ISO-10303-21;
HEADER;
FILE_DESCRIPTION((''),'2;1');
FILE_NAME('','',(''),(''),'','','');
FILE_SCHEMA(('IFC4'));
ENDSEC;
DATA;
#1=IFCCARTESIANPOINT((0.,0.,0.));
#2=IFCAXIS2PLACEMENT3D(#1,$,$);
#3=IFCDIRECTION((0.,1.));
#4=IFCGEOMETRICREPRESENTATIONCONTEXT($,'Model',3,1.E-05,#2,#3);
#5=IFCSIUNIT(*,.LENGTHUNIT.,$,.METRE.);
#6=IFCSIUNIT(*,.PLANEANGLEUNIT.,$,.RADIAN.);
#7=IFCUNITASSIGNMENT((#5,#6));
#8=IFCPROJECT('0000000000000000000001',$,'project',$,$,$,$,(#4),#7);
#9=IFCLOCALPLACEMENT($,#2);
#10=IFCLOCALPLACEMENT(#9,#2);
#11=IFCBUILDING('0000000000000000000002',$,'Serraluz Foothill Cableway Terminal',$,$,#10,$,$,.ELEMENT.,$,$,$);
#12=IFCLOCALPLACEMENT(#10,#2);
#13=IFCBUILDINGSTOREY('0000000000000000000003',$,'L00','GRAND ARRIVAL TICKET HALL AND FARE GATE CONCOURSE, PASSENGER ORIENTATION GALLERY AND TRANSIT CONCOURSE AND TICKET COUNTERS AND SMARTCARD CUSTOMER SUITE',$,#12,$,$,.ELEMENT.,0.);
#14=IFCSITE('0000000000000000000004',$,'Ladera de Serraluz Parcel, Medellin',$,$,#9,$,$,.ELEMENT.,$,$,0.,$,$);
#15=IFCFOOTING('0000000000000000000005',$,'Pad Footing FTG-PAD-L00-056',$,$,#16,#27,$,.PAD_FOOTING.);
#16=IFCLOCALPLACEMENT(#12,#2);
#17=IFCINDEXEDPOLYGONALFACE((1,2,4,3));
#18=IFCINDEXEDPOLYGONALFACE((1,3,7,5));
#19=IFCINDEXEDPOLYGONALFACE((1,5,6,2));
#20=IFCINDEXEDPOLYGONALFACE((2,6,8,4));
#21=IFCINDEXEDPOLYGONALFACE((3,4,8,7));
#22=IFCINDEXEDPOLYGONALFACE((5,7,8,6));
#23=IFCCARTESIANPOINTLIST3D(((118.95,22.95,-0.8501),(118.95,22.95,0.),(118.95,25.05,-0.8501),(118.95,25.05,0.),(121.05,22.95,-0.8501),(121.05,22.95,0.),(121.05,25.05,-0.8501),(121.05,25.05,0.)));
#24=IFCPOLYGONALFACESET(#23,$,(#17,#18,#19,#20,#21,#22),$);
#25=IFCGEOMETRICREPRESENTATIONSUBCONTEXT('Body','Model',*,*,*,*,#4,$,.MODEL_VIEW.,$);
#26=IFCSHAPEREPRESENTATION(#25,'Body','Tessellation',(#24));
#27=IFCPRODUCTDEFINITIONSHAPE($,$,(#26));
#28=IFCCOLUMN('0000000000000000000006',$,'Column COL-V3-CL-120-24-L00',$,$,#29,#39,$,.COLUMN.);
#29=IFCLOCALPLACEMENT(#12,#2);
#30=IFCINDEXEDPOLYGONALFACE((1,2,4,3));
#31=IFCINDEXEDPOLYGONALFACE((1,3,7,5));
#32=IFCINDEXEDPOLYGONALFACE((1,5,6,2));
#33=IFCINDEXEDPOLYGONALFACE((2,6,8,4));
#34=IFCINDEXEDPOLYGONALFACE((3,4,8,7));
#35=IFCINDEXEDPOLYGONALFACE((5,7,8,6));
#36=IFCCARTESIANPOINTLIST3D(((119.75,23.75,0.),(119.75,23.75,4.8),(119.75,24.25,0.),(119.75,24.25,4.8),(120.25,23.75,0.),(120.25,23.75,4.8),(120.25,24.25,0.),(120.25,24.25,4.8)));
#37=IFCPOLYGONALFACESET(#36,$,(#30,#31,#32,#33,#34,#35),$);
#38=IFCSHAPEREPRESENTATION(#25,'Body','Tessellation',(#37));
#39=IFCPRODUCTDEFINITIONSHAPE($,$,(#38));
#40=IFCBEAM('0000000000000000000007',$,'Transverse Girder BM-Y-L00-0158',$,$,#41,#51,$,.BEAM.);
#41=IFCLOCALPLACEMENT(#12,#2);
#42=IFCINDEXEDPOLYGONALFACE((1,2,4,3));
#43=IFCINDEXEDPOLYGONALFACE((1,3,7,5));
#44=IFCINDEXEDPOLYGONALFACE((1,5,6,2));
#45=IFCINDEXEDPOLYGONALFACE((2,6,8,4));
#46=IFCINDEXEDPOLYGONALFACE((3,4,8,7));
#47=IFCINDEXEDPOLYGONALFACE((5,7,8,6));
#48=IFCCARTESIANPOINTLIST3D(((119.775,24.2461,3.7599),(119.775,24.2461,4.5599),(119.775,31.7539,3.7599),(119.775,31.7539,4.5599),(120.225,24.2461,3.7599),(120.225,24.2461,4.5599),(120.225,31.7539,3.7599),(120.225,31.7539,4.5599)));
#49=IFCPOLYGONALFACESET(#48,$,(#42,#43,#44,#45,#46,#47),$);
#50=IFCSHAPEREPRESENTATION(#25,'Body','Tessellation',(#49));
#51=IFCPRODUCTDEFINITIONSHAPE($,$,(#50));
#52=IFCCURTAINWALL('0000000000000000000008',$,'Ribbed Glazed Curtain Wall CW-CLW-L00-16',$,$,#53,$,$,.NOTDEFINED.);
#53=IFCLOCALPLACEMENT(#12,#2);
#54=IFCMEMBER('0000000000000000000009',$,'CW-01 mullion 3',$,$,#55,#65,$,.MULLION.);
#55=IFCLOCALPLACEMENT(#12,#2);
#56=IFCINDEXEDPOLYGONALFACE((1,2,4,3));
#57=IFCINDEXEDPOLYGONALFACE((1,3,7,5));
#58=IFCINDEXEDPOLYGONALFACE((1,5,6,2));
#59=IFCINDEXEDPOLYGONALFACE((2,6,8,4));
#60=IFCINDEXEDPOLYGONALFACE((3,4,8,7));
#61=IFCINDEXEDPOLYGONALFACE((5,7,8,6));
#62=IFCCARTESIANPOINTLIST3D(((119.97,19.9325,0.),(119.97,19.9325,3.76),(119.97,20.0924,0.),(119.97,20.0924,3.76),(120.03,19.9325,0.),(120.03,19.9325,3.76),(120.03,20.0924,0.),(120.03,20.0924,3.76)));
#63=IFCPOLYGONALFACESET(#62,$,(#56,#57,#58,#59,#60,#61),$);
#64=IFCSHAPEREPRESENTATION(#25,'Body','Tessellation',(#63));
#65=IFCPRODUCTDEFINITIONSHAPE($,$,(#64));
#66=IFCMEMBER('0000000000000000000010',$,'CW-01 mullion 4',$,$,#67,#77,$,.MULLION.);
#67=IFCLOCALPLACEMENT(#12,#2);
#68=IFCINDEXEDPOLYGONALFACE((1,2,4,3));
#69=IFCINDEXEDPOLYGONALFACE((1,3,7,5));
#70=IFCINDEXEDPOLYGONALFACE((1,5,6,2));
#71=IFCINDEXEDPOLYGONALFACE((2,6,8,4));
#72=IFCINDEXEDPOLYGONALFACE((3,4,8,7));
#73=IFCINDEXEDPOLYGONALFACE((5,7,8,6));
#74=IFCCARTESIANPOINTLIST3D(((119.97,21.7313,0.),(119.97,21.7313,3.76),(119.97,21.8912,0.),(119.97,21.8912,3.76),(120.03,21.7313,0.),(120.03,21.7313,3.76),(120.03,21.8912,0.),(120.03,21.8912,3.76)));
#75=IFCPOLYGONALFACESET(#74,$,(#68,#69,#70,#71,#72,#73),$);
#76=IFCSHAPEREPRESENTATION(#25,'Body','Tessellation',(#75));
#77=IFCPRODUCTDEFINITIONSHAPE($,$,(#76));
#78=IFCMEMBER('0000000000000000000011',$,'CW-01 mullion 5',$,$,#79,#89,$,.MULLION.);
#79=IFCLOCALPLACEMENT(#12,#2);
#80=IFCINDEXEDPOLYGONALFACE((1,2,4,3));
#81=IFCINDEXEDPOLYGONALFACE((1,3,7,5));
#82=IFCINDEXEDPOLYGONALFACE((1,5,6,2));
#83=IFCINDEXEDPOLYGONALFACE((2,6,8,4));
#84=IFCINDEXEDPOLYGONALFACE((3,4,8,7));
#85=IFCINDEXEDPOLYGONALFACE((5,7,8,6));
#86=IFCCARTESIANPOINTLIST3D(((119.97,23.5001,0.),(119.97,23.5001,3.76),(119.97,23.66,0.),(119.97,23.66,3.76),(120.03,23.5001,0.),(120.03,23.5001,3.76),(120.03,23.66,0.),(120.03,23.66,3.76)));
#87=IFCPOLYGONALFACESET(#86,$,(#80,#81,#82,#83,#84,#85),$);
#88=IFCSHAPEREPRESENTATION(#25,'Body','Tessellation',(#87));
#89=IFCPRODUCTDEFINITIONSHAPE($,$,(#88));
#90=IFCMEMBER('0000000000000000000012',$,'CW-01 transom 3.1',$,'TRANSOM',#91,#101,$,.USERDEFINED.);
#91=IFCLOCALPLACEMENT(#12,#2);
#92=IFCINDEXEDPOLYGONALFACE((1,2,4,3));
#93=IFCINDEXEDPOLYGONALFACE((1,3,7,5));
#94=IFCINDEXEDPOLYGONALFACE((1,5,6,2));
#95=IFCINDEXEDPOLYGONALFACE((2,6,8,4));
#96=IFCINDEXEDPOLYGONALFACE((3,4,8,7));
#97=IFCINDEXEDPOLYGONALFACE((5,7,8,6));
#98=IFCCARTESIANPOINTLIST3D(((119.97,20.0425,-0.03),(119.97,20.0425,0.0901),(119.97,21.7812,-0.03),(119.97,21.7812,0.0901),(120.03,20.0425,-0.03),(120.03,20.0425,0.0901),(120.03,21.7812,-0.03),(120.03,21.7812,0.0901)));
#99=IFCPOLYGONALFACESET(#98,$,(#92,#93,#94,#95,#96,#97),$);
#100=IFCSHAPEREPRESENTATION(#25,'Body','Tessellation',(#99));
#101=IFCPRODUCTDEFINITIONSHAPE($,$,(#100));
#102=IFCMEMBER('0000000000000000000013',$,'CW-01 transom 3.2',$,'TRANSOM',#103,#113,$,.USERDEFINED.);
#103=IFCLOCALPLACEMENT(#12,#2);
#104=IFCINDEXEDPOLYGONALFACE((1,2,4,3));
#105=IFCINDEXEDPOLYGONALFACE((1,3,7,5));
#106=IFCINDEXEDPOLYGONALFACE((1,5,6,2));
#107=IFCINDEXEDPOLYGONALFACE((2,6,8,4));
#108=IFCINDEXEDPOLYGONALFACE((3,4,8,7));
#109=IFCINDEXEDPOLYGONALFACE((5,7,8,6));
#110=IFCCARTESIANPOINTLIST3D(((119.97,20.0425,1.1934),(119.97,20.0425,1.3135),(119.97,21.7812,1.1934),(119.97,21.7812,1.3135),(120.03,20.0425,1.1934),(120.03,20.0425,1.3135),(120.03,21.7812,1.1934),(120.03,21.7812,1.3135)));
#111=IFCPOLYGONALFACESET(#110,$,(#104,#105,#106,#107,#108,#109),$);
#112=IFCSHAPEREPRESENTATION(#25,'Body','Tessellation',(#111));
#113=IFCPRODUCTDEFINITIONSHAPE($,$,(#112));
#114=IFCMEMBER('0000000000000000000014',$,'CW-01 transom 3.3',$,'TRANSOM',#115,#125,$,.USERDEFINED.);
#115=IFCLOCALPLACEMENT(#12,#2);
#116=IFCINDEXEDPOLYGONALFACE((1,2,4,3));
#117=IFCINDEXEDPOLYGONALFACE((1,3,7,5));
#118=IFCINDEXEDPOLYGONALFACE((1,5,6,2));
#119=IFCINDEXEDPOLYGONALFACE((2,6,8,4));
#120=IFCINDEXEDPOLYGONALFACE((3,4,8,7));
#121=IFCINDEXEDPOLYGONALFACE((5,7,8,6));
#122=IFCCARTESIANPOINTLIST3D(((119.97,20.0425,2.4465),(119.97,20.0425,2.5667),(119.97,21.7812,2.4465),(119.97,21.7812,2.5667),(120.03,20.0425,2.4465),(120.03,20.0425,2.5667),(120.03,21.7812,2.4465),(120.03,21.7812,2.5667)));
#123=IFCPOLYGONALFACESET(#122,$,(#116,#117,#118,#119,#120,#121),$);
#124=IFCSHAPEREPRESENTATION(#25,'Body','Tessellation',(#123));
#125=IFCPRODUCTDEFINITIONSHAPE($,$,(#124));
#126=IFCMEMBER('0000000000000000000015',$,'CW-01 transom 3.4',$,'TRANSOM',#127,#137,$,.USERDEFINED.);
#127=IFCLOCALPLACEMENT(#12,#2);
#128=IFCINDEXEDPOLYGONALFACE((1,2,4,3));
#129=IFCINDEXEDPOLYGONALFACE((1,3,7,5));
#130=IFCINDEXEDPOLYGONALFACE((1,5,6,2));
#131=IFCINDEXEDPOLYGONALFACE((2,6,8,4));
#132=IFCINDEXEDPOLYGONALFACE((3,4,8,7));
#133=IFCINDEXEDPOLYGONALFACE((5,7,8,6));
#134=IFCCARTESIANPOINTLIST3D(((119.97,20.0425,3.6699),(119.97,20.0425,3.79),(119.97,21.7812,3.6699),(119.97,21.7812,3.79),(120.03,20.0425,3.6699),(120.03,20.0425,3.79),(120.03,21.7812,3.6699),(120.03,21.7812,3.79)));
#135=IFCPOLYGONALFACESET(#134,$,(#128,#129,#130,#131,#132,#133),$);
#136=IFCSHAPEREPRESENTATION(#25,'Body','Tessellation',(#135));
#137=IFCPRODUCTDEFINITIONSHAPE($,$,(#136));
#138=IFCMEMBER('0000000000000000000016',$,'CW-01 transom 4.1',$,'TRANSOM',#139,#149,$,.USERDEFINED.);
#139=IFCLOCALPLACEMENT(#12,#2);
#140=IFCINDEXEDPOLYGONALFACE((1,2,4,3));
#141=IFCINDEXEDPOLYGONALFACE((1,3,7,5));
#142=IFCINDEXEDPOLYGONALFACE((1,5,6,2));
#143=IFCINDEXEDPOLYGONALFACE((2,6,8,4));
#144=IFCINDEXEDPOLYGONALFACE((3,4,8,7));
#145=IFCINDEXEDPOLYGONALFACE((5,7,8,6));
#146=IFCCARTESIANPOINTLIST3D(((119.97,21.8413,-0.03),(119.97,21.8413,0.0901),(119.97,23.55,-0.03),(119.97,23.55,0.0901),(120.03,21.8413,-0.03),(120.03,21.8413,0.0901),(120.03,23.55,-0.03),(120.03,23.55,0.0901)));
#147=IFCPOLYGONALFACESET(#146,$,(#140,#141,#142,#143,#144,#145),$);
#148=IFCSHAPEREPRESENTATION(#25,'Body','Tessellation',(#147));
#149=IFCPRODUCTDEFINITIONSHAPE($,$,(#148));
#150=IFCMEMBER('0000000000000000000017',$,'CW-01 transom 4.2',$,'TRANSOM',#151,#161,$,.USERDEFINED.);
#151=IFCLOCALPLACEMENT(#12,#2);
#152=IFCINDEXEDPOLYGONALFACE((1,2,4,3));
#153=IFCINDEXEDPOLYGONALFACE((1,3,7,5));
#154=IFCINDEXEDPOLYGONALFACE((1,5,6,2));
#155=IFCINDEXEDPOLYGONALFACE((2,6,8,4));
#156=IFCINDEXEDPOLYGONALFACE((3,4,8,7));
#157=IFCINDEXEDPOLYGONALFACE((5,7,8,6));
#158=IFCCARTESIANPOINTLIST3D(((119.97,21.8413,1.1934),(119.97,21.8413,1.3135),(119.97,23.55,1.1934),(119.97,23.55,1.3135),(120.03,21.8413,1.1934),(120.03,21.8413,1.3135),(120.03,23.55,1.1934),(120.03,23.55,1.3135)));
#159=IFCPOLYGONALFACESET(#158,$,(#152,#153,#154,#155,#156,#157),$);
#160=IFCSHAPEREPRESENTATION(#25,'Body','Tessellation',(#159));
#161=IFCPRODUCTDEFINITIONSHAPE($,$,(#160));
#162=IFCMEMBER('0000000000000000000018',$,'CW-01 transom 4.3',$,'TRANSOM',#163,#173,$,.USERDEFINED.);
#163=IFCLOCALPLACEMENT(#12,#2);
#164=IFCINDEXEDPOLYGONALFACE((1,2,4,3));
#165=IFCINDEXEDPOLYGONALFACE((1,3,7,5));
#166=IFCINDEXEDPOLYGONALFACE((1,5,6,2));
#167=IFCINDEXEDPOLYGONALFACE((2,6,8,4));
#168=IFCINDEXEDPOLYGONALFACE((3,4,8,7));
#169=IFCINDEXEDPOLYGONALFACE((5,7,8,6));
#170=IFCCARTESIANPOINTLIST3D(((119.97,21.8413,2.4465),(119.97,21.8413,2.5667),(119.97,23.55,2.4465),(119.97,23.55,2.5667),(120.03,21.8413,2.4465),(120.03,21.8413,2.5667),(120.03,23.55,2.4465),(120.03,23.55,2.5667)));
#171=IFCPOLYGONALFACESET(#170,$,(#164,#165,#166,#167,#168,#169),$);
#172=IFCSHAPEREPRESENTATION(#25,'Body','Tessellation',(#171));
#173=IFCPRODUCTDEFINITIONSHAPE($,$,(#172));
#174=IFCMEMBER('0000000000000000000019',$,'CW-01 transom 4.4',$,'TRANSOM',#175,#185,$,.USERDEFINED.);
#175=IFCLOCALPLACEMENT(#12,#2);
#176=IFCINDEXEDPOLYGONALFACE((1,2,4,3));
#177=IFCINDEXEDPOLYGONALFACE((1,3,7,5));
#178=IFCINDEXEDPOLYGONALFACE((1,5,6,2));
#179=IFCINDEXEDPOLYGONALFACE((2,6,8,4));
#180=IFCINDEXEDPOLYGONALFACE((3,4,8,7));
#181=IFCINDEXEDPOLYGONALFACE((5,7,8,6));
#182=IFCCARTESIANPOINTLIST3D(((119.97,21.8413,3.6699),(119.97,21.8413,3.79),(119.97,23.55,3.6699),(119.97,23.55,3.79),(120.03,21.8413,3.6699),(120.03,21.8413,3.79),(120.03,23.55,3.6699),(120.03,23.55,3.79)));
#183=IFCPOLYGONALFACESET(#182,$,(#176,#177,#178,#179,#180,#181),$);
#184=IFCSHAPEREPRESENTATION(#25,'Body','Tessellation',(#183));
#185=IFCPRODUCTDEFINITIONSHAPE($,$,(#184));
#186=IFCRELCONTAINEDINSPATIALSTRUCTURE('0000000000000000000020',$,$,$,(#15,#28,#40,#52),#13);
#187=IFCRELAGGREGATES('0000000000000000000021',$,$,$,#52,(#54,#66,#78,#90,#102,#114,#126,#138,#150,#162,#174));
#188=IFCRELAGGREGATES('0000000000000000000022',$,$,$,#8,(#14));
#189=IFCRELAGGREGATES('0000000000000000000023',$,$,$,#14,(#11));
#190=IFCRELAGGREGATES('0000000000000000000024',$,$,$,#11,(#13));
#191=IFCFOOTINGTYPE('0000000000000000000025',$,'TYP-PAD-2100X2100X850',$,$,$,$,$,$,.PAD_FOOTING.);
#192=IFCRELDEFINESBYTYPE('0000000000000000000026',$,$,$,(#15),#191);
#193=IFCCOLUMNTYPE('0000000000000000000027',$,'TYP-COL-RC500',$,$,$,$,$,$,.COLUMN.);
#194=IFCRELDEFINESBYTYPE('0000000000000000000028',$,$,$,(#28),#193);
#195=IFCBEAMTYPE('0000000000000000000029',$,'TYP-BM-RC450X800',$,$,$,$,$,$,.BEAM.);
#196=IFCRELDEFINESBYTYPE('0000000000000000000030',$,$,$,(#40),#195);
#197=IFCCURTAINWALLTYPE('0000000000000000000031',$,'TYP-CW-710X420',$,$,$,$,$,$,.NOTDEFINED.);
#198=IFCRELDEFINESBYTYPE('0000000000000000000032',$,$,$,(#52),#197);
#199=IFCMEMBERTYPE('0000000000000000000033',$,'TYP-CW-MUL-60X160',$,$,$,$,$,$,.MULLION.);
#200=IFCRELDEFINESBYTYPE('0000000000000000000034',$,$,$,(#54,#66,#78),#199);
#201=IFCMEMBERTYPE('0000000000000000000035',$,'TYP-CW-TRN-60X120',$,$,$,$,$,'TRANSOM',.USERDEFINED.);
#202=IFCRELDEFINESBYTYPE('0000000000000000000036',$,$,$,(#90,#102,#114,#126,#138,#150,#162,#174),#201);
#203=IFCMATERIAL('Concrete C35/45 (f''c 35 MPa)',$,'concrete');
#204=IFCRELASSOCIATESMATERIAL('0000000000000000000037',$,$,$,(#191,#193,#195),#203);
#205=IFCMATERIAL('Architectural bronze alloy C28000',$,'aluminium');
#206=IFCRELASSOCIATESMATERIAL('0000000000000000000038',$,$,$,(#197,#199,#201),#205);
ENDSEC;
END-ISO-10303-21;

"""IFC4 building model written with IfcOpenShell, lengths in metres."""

from ifc_helpers import new_model, si_unit, direction, frame, origin, origin_2d, place, context, subcontext, project, spatial, rectangle, extrude, material, material_profile, profile_set, type_object, element, aggregate, save


model = new_model("IFC4")

# Units and contexts
model_context = context("Model", 3, precision=1e-05, world=origin(), true_north=direction((0.0, 1.0)))
body_context = subcontext(model_context, "Body", "Model", "MODEL_VIEW")
ifc_project = project(units=[si_unit("LENGTHUNIT", "METRE"), si_unit("PLANEANGLEUNIT", "RADIAN")], contexts=[model_context])

# Site, building, storey
site_placement = place(None, origin())
site = spatial("IfcSite", under=ifc_project, at=site_placement, Name="Ladera de Serraluz Parcel, Medellin", CompositionType="ELEMENT", RefElevation=0.0)
building_placement = place(site_placement, origin())
building = spatial("IfcBuilding", under=site, at=building_placement, Name="Serraluz Foothill Cableway Terminal", CompositionType="ELEMENT")
storey_placement = place(building_placement, origin())
storey = spatial("IfcBuildingStorey", under=building, at=storey_placement, Name="L00", Description="GRAND ARRIVAL TICKET HALL AND FARE GATE CONCOURSE, PASSENGER ORIENTATION GALLERY AND TRANSIT CONCOURSE AND TICKET COUNTERS AND SMARTCARD CUSTOMER SUITE", CompositionType="ELEMENT", Elevation=0.0)

# Footing
ifc_material_1 = material(Name="Concrete C35/45 (f'c 35 MPa)", Category="concrete")
footing_type = type_object("IfcFootingType", Name="TYP-PAD-2100X2100X850", PredefinedType="PAD_FOOTING", material=ifc_material_1)
footing_placement = place(storey_placement, frame((120.0, 24.0, -0.8501), z_axis=(0.0, 0.0, 1.0), x_axis=(1.0, 0.0, 0.0)))
element("IfcFooting", 1, at=footing_placement, inside=storey, type_object=footing_type, Name="Pad Footing FTG-PAD-L00-056", PredefinedType="PAD_FOOTING", context=body_context, shape_type="SweptSolid", body=[
    extrude(rectangle(XDim=2.1001, YDim=2.1001, at=origin_2d()), origin(), (0.0, 0.0, 1.0), 0.8501),
])

# Column
ifc_material_profile_1 = material_profile(ifc_material_1, rectangle(XDim=0.5, YDim=0.5, at=origin_2d()), Name="RC 500x500")
ifc_profile_set_1 = profile_set([ifc_material_profile_1], Name="Concrete C35/45 (f'c 35 MPa)")
column_type = type_object("IfcColumnType", Name="TYP-COL-RC500", PredefinedType="COLUMN", material=ifc_profile_set_1)
column_placement = place(storey_placement, frame((120.0, 24.0, 0.0), z_axis=(0.0, 0.0, 1.0), x_axis=(1.0, 0.0, 0.0)))
element("IfcColumn", 2, at=column_placement, inside=storey, type_object=column_type, Name="Column COL-V3-CL-120-24-L00", PredefinedType="COLUMN", context=body_context, shape_type="SweptSolid", body=[
    extrude(rectangle(XDim=0.5, YDim=0.5, at=origin_2d()), origin(), (0.0, 0.0, 1.0), 4.8),
])

# Beam
ifc_material_profile_2 = material_profile(ifc_material_1, rectangle(XDim=0.45, YDim=0.8, at=origin_2d()), Name="RC 450x800")
ifc_profile_set_2 = profile_set([ifc_material_profile_2], Name="Concrete C35/45 (f'c 35 MPa)")
beam_type = type_object("IfcBeamType", Name="TYP-BM-RC450X800", PredefinedType="BEAM", material=ifc_profile_set_2)
beam_placement = place(storey_placement, frame((120.0, 24.2461, 4.1599), z_axis=(0.0, 1.0, 0.0), x_axis=(-1.0, 0.0, 0.0)))
element("IfcBeam", 3, at=beam_placement, inside=storey, type_object=beam_type, Name="Transverse Girder BM-Y-L00-0158", PredefinedType="BEAM", context=body_context, shape_type="SweptSolid", body=[
    extrude(rectangle(XDim=0.45, YDim=0.8, at=origin_2d()), origin(), (0.0, 0.0, 1.0), 7.5078),
])

# Curtain wall, members
ifc_material_2 = material(Name="Architectural bronze alloy C28000", Category="aluminium")
curtain_wall_type = type_object("IfcCurtainWallType", Name="TYP-CW-710X420", PredefinedType="NOTDEFINED", material=ifc_material_2)
curtain_wall_placement = place(storey_placement, origin())
curtain_wall = element("IfcCurtainWall", 4, at=curtain_wall_placement, inside=storey, type_object=curtain_wall_type, Name="Ribbed Glazed Curtain Wall CW-CLW-L00-16", PredefinedType="NOTDEFINED")
ifc_material_profile_3 = material_profile(ifc_material_2, rectangle(XDim=0.0601, YDim=0.1599, at=origin_2d()), Name="ALU MULLION 60x160")
ifc_profile_set_3 = profile_set([ifc_material_profile_3], Name="Architectural bronze alloy C28000")
member_type_1 = type_object("IfcMemberType", Name="TYP-CW-MUL-60X160", PredefinedType="MULLION", material=ifc_profile_set_3)
member_1_placement = place(storey_placement, frame((120.0, 20.0125, 0.0), z_axis=(0.0, 0.0, 1.0), x_axis=(-1.0, 0.0, 0.0)))
member_1 = element("IfcMember", 5, at=member_1_placement, type_object=member_type_1, Name="CW-01 mullion 3", PredefinedType="MULLION", context=body_context, shape_type="SweptSolid", body=[
    extrude(rectangle(XDim=0.0601, YDim=0.1599, at=origin_2d()), origin(), (0.0, 0.0, 1.0), 3.76),
])
member_2_placement = place(storey_placement, frame((120.0, 21.8113, 0.0), z_axis=(0.0, 0.0, 1.0), x_axis=(-1.0, 0.0, 0.0)))
member_2 = element("IfcMember", 6, at=member_2_placement, type_object=member_type_1, Name="CW-01 mullion 4", PredefinedType="MULLION", context=body_context, shape_type="SweptSolid", body=[
    extrude(rectangle(XDim=0.0601, YDim=0.1599, at=origin_2d()), origin(), (0.0, 0.0, 1.0), 3.76),
])
member_3_placement = place(storey_placement, frame((120.0, 23.5801, 0.0), z_axis=(0.0, 0.0, 1.0), x_axis=(-1.0, 0.0, 0.0)))
member_3 = element("IfcMember", 7, at=member_3_placement, type_object=member_type_1, Name="CW-01 mullion 5", PredefinedType="MULLION", context=body_context, shape_type="SweptSolid", body=[
    extrude(rectangle(XDim=0.0601, YDim=0.1599, at=origin_2d()), origin(), (0.0, 0.0, 1.0), 3.76),
])
ifc_material_profile_4 = material_profile(ifc_material_2, rectangle(XDim=0.0601, YDim=0.1201, at=origin_2d()), Name="ALU TRANSOM 60x120")
ifc_profile_set_4 = profile_set([ifc_material_profile_4], Name="Architectural bronze alloy C28000")
member_type_2 = type_object("IfcMemberType", Name="TYP-CW-TRN-60X120", ElementType="TRANSOM", PredefinedType="USERDEFINED", material=ifc_profile_set_4)
member_4_placement = place(storey_placement, frame((120.0, 20.0425, 0.03), z_axis=(0.0, 1.0, 0.0), x_axis=(-1.0, 0.0, 0.0)))
member_4 = element("IfcMember", 8, at=member_4_placement, type_object=member_type_2, Name="CW-01 transom 3.1", ObjectType="TRANSOM", PredefinedType="USERDEFINED", context=body_context, shape_type="SweptSolid", body=[
    extrude(rectangle(XDim=0.0601, YDim=0.1201, at=origin_2d()), origin(), (0.0, 0.0, 1.0), 1.7388),
])
member_5_placement = place(storey_placement, frame((120.0, 20.0425, 1.2534), z_axis=(0.0, 1.0, 0.0), x_axis=(-1.0, 0.0, 0.0)))
member_5 = element("IfcMember", 9, at=member_5_placement, type_object=member_type_2, Name="CW-01 transom 3.2", ObjectType="TRANSOM", PredefinedType="USERDEFINED", context=body_context, shape_type="SweptSolid", body=[
    extrude(rectangle(XDim=0.0601, YDim=0.1201, at=origin_2d()), origin(), (0.0, 0.0, 1.0), 1.7388),
])
member_6_placement = place(storey_placement, frame((120.0, 20.0425, 2.5066), z_axis=(0.0, 1.0, 0.0), x_axis=(-1.0, 0.0, 0.0)))
member_6 = element("IfcMember", 10, at=member_6_placement, type_object=member_type_2, Name="CW-01 transom 3.3", ObjectType="TRANSOM", PredefinedType="USERDEFINED", context=body_context, shape_type="SweptSolid", body=[
    extrude(rectangle(XDim=0.0601, YDim=0.1201, at=origin_2d()), origin(), (0.0, 0.0, 1.0), 1.7388),
])
member_7_placement = place(storey_placement, frame((120.0, 20.0425, 3.73), z_axis=(0.0, 1.0, 0.0), x_axis=(-1.0, 0.0, 0.0)))
member_7 = element("IfcMember", 11, at=member_7_placement, type_object=member_type_2, Name="CW-01 transom 3.4", ObjectType="TRANSOM", PredefinedType="USERDEFINED", context=body_context, shape_type="SweptSolid", body=[
    extrude(rectangle(XDim=0.0601, YDim=0.1201, at=origin_2d()), origin(), (0.0, 0.0, 1.0), 1.7388),
])
member_8_placement = place(storey_placement, frame((120.0, 21.8413, 0.03), z_axis=(0.0, 1.0, 0.0), x_axis=(-1.0, 0.0, 0.0)))
member_8 = element("IfcMember", 12, at=member_8_placement, type_object=member_type_2, Name="CW-01 transom 4.1", ObjectType="TRANSOM", PredefinedType="USERDEFINED", context=body_context, shape_type="SweptSolid", body=[
    extrude(rectangle(XDim=0.0601, YDim=0.1201, at=origin_2d()), origin(), (0.0, 0.0, 1.0), 1.7087),
])
member_9_placement = place(storey_placement, frame((120.0, 21.8413, 1.2534), z_axis=(0.0, 1.0, 0.0), x_axis=(-1.0, 0.0, 0.0)))
member_9 = element("IfcMember", 13, at=member_9_placement, type_object=member_type_2, Name="CW-01 transom 4.2", ObjectType="TRANSOM", PredefinedType="USERDEFINED", context=body_context, shape_type="SweptSolid", body=[
    extrude(rectangle(XDim=0.0601, YDim=0.1201, at=origin_2d()), origin(), (0.0, 0.0, 1.0), 1.7087),
])
member_10_placement = place(storey_placement, frame((120.0, 21.8413, 2.5066), z_axis=(0.0, 1.0, 0.0), x_axis=(-1.0, 0.0, 0.0)))
member_10 = element("IfcMember", 14, at=member_10_placement, type_object=member_type_2, Name="CW-01 transom 4.3", ObjectType="TRANSOM", PredefinedType="USERDEFINED", context=body_context, shape_type="SweptSolid", body=[
    extrude(rectangle(XDim=0.0601, YDim=0.1201, at=origin_2d()), origin(), (0.0, 0.0, 1.0), 1.7087),
])
member_11_placement = place(storey_placement, frame((120.0, 21.8413, 3.73), z_axis=(0.0, 1.0, 0.0), x_axis=(-1.0, 0.0, 0.0)))
member_11 = element("IfcMember", 15, at=member_11_placement, type_object=member_type_2, Name="CW-01 transom 4.4", ObjectType="TRANSOM", PredefinedType="USERDEFINED", context=body_context, shape_type="SweptSolid", body=[
    extrude(rectangle(XDim=0.0601, YDim=0.1201, at=origin_2d()), origin(), (0.0, 0.0, 1.0), 1.7087),
])
aggregate(curtain_wall, [member_1, member_2, member_3, member_4, member_5, member_6, member_7, member_8, member_9, member_10, member_11])

save(model, "model.ifc")
